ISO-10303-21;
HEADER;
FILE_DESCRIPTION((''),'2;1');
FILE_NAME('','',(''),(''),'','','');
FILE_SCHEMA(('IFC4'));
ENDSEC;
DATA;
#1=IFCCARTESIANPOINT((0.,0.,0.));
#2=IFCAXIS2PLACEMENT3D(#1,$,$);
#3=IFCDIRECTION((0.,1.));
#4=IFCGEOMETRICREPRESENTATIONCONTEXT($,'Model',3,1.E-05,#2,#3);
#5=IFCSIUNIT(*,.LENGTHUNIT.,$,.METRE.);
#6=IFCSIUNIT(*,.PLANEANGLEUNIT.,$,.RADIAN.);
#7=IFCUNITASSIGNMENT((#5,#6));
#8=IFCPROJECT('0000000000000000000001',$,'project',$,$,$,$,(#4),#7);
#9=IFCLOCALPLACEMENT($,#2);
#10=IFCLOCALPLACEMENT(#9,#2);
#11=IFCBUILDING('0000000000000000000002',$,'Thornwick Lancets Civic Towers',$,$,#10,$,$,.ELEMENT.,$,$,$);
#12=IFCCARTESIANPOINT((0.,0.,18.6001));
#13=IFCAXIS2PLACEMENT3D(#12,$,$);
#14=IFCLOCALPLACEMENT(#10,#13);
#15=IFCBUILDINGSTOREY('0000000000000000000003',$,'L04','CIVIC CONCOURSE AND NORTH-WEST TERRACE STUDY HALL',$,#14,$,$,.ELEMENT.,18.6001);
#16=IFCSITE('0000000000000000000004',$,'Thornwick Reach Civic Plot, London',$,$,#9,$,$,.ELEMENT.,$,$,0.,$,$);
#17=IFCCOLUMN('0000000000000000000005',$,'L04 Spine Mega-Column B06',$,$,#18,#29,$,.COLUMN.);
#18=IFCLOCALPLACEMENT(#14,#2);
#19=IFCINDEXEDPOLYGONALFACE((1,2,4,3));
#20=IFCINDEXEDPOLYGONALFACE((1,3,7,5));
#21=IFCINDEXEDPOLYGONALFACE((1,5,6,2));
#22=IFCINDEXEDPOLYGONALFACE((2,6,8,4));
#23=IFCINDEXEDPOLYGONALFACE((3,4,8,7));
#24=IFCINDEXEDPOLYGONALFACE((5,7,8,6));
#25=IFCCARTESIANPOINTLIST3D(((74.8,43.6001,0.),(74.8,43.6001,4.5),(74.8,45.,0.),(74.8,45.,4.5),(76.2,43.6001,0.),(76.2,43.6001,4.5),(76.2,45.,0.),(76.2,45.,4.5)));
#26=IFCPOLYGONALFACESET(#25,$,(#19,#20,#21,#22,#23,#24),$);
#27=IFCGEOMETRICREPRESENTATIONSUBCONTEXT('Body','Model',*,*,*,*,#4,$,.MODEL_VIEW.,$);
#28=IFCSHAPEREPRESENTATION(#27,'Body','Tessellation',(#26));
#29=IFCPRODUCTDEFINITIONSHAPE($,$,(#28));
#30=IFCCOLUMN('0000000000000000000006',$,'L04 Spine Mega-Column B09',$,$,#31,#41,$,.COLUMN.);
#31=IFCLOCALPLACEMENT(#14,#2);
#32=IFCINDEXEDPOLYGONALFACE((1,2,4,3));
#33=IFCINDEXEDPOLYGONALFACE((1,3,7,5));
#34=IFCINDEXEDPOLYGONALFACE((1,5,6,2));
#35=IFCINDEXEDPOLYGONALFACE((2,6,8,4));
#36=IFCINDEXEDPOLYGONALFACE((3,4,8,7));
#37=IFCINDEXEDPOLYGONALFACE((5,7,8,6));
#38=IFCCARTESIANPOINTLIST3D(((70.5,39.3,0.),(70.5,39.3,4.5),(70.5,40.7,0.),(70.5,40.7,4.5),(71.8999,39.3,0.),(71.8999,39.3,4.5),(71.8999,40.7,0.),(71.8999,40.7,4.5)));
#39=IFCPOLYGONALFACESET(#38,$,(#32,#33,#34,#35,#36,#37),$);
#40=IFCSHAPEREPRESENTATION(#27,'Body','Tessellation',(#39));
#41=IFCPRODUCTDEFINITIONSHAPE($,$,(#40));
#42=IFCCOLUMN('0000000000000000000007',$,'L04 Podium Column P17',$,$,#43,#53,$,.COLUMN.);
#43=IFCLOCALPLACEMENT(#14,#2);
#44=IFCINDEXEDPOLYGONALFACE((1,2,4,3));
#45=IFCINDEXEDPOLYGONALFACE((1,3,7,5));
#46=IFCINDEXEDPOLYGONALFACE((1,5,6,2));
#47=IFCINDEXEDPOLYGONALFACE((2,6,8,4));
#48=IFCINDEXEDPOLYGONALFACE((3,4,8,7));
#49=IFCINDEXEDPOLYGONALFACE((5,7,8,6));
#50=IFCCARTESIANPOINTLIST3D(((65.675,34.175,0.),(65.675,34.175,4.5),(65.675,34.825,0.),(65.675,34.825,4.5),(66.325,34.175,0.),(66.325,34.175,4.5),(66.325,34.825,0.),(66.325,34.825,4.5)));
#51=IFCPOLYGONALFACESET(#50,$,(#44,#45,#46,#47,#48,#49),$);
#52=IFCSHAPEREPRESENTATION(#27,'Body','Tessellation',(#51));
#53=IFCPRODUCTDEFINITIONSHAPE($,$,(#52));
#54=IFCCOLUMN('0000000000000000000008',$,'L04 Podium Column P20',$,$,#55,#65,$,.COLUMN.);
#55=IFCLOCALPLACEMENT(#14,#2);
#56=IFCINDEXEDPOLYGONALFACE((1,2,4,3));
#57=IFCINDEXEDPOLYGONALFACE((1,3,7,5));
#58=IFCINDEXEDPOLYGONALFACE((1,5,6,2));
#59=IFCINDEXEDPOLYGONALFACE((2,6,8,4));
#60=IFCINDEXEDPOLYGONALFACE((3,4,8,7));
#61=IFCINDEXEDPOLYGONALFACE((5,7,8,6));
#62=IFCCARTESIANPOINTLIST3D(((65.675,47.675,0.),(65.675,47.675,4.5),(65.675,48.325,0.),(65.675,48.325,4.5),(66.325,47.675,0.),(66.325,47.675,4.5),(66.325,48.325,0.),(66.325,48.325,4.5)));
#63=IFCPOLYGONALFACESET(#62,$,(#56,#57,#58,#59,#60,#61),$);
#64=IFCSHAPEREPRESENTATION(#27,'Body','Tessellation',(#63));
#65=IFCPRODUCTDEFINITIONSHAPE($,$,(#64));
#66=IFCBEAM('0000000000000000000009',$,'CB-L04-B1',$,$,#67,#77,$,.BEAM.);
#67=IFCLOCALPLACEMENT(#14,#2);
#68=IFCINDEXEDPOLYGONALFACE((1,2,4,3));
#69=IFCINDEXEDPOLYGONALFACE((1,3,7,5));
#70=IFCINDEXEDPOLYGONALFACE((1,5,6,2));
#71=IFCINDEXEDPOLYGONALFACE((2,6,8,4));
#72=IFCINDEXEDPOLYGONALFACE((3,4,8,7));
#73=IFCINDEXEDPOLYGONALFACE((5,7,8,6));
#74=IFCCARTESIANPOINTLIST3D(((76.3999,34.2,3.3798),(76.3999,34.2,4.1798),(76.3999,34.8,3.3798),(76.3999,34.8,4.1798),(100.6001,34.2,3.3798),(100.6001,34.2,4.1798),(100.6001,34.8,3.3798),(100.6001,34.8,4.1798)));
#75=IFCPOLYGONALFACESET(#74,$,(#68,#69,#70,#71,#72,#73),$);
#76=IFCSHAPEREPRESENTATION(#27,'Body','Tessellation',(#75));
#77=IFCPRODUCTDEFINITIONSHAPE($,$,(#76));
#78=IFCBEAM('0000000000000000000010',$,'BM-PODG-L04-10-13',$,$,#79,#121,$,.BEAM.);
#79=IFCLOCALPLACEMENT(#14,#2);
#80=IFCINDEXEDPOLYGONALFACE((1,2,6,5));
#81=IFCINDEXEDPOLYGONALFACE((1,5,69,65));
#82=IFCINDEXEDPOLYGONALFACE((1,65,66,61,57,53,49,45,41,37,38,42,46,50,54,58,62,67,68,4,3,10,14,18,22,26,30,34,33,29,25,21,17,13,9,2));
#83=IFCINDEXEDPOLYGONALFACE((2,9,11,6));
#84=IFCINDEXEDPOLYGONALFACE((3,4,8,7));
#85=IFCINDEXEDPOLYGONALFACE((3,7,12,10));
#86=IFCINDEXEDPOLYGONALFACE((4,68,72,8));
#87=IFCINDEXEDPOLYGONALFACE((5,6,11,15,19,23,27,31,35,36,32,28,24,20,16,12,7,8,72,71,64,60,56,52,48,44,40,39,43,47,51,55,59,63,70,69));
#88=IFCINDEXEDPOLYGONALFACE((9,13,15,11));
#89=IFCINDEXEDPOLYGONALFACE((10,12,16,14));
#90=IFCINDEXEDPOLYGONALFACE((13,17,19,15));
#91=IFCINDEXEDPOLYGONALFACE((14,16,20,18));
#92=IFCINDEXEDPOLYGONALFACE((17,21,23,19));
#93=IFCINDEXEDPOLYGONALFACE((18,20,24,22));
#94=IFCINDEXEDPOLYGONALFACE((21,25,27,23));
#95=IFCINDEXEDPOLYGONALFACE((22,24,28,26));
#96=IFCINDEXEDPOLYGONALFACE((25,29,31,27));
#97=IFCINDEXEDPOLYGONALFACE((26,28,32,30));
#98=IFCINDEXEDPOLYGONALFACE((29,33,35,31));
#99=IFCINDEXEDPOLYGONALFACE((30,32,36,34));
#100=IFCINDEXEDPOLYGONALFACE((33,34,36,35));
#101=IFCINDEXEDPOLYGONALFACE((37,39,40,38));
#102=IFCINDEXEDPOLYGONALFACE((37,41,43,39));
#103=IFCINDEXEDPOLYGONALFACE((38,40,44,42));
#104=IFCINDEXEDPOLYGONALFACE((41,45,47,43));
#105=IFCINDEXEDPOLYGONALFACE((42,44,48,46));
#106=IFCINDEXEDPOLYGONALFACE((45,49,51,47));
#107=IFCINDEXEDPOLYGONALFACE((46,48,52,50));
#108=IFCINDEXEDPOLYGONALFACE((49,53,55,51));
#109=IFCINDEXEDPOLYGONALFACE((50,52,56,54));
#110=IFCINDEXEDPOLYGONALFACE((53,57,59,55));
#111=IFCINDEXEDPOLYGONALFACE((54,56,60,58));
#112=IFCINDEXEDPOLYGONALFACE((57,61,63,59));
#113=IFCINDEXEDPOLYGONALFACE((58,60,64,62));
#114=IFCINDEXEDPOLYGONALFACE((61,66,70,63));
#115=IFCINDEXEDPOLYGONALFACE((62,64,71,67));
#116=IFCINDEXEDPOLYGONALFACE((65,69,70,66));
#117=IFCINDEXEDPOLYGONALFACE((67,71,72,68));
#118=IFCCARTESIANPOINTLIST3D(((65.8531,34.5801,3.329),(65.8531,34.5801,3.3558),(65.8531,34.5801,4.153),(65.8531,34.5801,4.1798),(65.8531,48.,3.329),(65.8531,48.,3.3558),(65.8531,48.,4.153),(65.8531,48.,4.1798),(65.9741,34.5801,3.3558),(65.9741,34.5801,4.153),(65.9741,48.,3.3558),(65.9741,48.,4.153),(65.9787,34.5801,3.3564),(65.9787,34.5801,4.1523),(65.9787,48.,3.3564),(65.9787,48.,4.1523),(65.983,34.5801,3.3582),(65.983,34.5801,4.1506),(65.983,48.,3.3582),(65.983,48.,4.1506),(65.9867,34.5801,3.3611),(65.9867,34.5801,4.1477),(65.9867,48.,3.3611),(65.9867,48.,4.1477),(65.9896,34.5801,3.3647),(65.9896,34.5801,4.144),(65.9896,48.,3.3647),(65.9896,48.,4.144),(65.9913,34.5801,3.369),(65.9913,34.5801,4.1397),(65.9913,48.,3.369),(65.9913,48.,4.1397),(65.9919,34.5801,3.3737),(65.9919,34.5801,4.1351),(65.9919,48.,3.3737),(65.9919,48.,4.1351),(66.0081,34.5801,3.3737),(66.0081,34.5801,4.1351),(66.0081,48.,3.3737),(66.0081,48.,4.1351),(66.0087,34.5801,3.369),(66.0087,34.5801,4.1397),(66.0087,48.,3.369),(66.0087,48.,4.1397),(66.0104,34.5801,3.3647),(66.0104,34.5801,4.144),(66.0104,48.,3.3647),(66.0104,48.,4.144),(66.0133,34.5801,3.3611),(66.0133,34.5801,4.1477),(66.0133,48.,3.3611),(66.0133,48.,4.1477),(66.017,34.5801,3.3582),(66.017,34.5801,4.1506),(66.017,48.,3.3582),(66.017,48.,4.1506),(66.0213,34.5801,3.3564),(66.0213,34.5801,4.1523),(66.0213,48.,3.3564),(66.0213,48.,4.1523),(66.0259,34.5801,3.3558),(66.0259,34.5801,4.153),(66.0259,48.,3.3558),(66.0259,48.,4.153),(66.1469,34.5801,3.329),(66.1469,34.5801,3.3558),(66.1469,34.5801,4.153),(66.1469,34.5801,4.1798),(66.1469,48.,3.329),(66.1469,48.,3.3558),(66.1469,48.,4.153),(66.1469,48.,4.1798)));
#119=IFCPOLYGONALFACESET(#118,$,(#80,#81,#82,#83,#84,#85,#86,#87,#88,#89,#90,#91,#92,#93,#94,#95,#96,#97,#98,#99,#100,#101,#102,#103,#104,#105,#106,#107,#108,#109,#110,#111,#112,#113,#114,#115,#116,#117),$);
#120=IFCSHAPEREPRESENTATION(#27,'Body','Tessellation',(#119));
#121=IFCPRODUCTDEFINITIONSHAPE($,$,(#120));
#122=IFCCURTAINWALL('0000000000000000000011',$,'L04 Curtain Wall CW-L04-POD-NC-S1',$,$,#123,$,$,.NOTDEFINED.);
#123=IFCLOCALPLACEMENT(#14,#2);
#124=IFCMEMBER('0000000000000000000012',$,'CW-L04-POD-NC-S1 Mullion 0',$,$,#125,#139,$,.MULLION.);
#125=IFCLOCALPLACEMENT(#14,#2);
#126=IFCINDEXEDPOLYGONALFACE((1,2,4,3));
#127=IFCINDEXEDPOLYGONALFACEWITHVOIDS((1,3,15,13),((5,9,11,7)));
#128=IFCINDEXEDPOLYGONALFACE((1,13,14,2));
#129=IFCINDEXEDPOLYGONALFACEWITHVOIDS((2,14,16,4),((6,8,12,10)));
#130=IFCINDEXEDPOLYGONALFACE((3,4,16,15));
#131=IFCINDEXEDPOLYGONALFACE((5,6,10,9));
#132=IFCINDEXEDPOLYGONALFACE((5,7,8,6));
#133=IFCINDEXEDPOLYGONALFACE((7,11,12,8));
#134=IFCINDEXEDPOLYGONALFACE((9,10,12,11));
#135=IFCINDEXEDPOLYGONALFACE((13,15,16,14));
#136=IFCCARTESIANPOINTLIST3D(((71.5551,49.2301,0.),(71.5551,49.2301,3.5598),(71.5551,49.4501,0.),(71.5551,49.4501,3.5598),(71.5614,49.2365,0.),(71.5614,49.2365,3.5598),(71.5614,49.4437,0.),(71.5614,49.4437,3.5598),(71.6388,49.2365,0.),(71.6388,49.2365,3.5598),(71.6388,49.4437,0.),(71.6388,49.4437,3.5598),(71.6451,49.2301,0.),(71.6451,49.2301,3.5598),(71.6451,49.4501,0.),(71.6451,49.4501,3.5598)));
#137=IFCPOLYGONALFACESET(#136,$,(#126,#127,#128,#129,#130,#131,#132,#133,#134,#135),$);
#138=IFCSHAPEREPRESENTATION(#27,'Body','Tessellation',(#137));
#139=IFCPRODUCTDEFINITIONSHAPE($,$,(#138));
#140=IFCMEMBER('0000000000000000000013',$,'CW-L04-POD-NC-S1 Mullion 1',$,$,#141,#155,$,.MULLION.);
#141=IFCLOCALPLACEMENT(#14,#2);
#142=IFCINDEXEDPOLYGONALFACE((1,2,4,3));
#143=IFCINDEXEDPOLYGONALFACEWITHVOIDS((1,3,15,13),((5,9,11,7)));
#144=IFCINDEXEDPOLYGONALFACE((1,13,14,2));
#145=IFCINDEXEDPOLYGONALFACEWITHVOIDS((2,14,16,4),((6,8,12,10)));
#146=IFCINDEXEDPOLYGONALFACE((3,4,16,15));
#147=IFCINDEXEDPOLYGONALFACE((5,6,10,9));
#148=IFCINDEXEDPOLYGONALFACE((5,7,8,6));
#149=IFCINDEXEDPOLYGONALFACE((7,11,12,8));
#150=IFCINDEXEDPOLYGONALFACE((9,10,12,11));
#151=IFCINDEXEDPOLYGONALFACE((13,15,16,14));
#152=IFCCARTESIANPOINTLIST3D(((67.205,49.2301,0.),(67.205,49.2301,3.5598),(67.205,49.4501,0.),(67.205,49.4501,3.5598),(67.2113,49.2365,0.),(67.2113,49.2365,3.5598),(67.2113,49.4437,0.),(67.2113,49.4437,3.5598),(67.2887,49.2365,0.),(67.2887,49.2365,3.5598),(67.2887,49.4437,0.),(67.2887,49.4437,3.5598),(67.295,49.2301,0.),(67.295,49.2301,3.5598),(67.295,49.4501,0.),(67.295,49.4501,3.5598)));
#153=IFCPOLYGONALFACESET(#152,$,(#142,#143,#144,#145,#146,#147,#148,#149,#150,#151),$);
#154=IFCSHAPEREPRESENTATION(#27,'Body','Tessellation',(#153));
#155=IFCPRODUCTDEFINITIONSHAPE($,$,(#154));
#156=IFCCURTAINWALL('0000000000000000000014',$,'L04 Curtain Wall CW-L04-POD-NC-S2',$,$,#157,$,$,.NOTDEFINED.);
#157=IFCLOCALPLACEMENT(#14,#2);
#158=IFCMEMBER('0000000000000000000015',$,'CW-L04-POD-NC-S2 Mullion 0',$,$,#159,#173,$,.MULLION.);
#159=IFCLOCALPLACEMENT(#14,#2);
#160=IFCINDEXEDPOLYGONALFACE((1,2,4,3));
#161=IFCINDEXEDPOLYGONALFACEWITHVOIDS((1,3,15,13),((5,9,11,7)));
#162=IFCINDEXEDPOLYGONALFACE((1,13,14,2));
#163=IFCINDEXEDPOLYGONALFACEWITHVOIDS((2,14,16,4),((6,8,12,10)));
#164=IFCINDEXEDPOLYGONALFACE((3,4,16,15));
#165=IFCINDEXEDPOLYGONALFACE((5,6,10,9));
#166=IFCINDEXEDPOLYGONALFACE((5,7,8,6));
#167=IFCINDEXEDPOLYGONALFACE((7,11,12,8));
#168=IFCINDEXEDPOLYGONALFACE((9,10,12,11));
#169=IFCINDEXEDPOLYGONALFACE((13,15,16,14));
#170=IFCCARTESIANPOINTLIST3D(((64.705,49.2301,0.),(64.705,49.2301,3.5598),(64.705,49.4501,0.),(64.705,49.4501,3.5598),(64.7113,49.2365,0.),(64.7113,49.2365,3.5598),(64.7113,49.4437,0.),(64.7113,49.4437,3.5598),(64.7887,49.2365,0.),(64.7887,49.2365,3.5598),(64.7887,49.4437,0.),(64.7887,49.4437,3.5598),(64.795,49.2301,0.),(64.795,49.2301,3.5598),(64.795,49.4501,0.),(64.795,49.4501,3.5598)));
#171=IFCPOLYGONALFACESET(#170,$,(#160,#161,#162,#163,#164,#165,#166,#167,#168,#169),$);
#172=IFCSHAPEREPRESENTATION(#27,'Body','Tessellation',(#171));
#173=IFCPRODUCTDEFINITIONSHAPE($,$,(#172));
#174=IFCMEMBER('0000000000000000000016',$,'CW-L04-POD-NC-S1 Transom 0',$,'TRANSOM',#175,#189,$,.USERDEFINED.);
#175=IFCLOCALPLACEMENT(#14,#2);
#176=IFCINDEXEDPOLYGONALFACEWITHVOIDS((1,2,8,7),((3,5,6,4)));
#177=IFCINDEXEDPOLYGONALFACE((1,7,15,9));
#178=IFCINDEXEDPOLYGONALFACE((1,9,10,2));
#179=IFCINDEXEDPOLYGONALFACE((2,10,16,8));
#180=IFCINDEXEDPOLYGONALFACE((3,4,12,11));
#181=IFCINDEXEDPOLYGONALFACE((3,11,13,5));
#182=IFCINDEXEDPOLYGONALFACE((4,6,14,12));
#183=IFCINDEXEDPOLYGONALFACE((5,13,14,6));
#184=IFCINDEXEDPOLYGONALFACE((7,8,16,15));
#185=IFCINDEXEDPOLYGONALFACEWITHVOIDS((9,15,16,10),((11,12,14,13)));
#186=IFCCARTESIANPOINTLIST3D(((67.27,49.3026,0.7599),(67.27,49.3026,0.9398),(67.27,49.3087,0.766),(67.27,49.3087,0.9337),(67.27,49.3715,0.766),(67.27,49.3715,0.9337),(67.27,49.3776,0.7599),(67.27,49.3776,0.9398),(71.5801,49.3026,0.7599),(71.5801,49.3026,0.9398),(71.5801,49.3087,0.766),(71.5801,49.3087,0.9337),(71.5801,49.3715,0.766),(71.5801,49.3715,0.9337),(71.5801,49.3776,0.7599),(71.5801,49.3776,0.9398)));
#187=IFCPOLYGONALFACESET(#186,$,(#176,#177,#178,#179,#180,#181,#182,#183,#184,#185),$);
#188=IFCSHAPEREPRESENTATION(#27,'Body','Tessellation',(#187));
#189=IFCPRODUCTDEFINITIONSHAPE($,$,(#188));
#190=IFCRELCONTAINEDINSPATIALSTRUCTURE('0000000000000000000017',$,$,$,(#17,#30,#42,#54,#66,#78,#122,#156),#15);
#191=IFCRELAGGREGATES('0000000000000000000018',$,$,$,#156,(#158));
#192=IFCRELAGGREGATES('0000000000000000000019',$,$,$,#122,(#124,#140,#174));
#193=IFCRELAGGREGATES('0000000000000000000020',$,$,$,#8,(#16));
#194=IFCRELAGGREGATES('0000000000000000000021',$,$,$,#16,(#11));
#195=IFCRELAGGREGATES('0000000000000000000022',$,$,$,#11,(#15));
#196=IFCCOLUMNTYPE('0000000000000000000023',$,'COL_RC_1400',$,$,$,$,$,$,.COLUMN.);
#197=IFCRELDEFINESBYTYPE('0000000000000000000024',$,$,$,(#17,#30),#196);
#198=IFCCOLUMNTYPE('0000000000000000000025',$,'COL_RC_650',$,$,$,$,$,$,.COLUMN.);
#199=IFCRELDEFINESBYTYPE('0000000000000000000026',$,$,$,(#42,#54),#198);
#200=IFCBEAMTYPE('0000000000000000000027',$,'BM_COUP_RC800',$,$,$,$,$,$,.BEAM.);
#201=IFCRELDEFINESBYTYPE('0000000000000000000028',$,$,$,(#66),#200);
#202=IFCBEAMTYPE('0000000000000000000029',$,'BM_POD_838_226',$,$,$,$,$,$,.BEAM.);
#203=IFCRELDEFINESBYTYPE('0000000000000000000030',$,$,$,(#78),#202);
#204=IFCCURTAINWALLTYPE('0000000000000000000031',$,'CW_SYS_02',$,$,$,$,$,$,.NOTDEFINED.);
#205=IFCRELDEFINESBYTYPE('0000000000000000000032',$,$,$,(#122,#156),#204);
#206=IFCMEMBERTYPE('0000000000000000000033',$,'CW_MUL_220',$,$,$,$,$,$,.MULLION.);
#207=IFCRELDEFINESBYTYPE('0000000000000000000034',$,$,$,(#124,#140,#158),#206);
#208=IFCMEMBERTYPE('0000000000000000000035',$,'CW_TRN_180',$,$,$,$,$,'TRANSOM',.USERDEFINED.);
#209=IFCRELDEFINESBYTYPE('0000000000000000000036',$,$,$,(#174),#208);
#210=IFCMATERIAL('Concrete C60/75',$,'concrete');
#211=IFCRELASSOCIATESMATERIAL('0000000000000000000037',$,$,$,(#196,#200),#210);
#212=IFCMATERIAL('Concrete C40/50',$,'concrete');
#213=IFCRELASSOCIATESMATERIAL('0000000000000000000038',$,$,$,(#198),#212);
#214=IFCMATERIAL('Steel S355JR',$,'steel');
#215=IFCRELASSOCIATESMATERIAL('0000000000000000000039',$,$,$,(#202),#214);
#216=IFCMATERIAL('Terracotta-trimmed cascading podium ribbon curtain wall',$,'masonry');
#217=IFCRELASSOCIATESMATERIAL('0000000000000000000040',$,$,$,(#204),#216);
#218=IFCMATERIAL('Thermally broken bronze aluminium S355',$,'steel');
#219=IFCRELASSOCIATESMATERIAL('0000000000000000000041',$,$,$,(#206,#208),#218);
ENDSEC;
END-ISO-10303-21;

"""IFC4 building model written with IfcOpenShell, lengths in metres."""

from ifc_helpers import new_model, si_unit, direction, frame, origin, origin_2d, place, context, subcontext, project, spatial, rectangle, hollow_rectangle, i_section, extrude, material, material_profile, profile_set, type_object, element, aggregate, save


model = new_model("IFC4")

# Units and contexts
model_context = context("Model", 3, precision=1e-05, world=origin(), true_north=direction((0.0, 1.0)))
body_context = subcontext(model_context, "Body", "Model", "MODEL_VIEW")
ifc_project = project(units=[si_unit("LENGTHUNIT", "METRE"), si_unit("PLANEANGLEUNIT", "RADIAN")], contexts=[model_context])

# Site, building, storey
site_placement = place(None, origin())
site = spatial("IfcSite", under=ifc_project, at=site_placement, Name="Thornwick Reach Civic Plot, London", CompositionType="ELEMENT", RefElevation=0.0)
building_placement = place(site_placement, origin())
building = spatial("IfcBuilding", under=site, at=building_placement, Name="Thornwick Lancets Civic Towers", CompositionType="ELEMENT")
storey_placement = place(building_placement, frame((0.0, 0.0, 18.6001)))
storey = spatial("IfcBuildingStorey", under=building, at=storey_placement, Name="L04", Description="CIVIC CONCOURSE AND NORTH-WEST TERRACE STUDY HALL", CompositionType="ELEMENT", Elevation=18.6001)

# Columns
ifc_material_1 = material(Name="Concrete C60/75", Category="concrete")
ifc_material_profile_1 = material_profile(ifc_material_1, rectangle(XDim=1.3999, YDim=1.3999, at=origin_2d()), Name="RC 1400x1400")
ifc_profile_set_1 = profile_set([ifc_material_profile_1], Name="Concrete C60/75")
column_type_1 = type_object("IfcColumnType", Name="COL_RC_1400", PredefinedType="COLUMN", material=ifc_profile_set_1)
for number, where, z_axis, x_axis, name in (
    (1, (75.5, 44.3, 0.0), (0.0, 0.0, 1.0), (1.0, 0.0, 0.0), "L04 Spine Mega-Column B06"),
    (2, (71.2, 40.0, 0.0), (0.0, 0.0, 1.0), (1.0, 0.0, 0.0), "L04 Spine Mega-Column B09"),
):
    element("IfcColumn", number, at=place(storey_placement, frame(where, z_axis=z_axis, x_axis=x_axis)), inside=storey, type_object=column_type_1, Name=name, PredefinedType="COLUMN", context=body_context, shape_type="SweptSolid", body=[
        extrude(rectangle(XDim=1.3999, YDim=1.3999, at=origin_2d()), origin(), (0.0, 0.0, 1.0), 4.5),
    ])
ifc_material_2 = material(Name="Concrete C40/50", Category="concrete")
ifc_material_profile_2 = material_profile(ifc_material_2, rectangle(XDim=0.6499, YDim=0.6499, at=origin_2d()), Name="RC 650x650")
ifc_profile_set_2 = profile_set([ifc_material_profile_2], Name="Concrete C40/50")
column_type_2 = type_object("IfcColumnType", Name="COL_RC_650", PredefinedType="COLUMN", material=ifc_profile_set_2)
for number, where, z_axis, x_axis, name in (
    (3, (66.0, 34.5, 0.0), (0.0, 0.0, 1.0), (1.0, 0.0, 0.0), "L04 Podium Column P17"),
    (4, (66.0, 48.0, 0.0), (0.0, 0.0, 1.0), (1.0, 0.0, 0.0), "L04 Podium Column P20"),
):
    element("IfcColumn", number, at=place(storey_placement, frame(where, z_axis=z_axis, x_axis=x_axis)), inside=storey, type_object=column_type_2, Name=name, PredefinedType="COLUMN", context=body_context, shape_type="SweptSolid", body=[
        extrude(rectangle(XDim=0.6499, YDim=0.6499, at=origin_2d()), origin(), (0.0, 0.0, 1.0), 4.5),
    ])

# Beams
ifc_material_profile_3 = material_profile(ifc_material_1, rectangle(XDim=0.6001, YDim=0.8, at=origin_2d()), Name="RC 600x800")
ifc_profile_set_3 = profile_set([ifc_material_profile_3], Name="Concrete C60/75")
beam_type_1 = type_object("IfcBeamType", Name="BM_COUP_RC800", PredefinedType="BEAM", material=ifc_profile_set_3)
beam_1_placement = place(storey_placement, frame((76.3999, 34.5, 3.7798), z_axis=(1.0, 0.0, 0.0), x_axis=(0.0, 1.0, 0.0)))
element("IfcBeam", 5, at=beam_1_placement, inside=storey, type_object=beam_type_1, Name="CB-L04-B1", PredefinedType="BEAM", context=body_context, shape_type="SweptSolid", body=[
    extrude(rectangle(XDim=0.6001, YDim=0.8, at=origin_2d()), origin(), (0.0, 0.0, 1.0), 24.2002),
])
ifc_material_3 = material(Name="Steel S355JR", Category="steel")
ifc_material_profile_4 = material_profile(ifc_material_3, i_section(OverallWidth=0.2937, OverallDepth=0.8508, WebThickness=0.0161, FlangeThickness=0.0269, FilletRadius=0.0178, at=origin_2d()), Name="UKB 838x292x226")
ifc_profile_set_4 = profile_set([ifc_material_profile_4], Name="Steel S355JR")
beam_type_2 = type_object("IfcBeamType", Name="BM_POD_838_226", PredefinedType="BEAM", material=ifc_profile_set_4)
beam_2_placement = place(storey_placement, frame((66.0, 34.5801, 3.7544), z_axis=(0.0, 1.0, 0.0), x_axis=(-1.0, 0.0, 0.0)))
element("IfcBeam", 6, at=beam_2_placement, inside=storey, type_object=beam_type_2, Name="BM-PODG-L04-10-13", PredefinedType="BEAM", context=body_context, shape_type="SweptSolid", body=[
    extrude(i_section(OverallWidth=0.2937, OverallDepth=0.8508, WebThickness=0.0161, FlangeThickness=0.0269, FilletRadius=0.0178, at=origin_2d()), origin(), (0.0, 0.0, 1.0), 13.4199),
])

# Curtain wall, members
ifc_material_4 = material(Name="Terracotta-trimmed cascading podium ribbon curtain wall", Category="masonry")
curtain_wall_type = type_object("IfcCurtainWallType", Name="CW_SYS_02", PredefinedType="NOTDEFINED", material=ifc_material_4)
curtain_wall_1_placement = place(storey_placement, origin())
curtain_wall_1 = element("IfcCurtainWall", 7, at=curtain_wall_1_placement, inside=storey, type_object=curtain_wall_type, Name="L04 Curtain Wall CW-L04-POD-NC-S1", PredefinedType="NOTDEFINED")
ifc_material_5 = material(Name="Thermally broken bronze aluminium S355", Category="steel")
ifc_material_profile_5 = material_profile(ifc_material_5, hollow_rectangle(XDim=0.0901, YDim=0.22, WallThickness=0.0063, at=origin_2d()), Name="RHS 220x90x6.3")
ifc_profile_set_5 = profile_set([ifc_material_profile_5], Name="Thermally broken bronze aluminium S355")
member_type_1 = type_object("IfcMemberType", Name="CW_MUL_220", PredefinedType="MULLION", material=ifc_profile_set_5)
member_1_placement = place(storey_placement, frame((71.6001, 49.3401, 0.0), z_axis=(0.0, 0.0, 1.0), x_axis=(1.0, 0.0, 0.0)))
member_1 = element("IfcMember", 8, at=member_1_placement, type_object=member_type_1, Name="CW-L04-POD-NC-S1 Mullion 0", PredefinedType="MULLION", context=body_context, shape_type="SweptSolid", body=[
    extrude(hollow_rectangle(XDim=0.0901, YDim=0.22, WallThickness=0.0063, at=origin_2d()), origin(), (0.0, 0.0, 1.0), 3.5598),
])
member_2_placement = place(storey_placement, frame((67.25, 49.3401, 0.0), z_axis=(0.0, 0.0, 1.0), x_axis=(1.0, 0.0, 0.0)))
member_2 = element("IfcMember", 9, at=member_2_placement, type_object=member_type_1, Name="CW-L04-POD-NC-S1 Mullion 1", PredefinedType="MULLION", context=body_context, shape_type="SweptSolid", body=[
    extrude(hollow_rectangle(XDim=0.0901, YDim=0.22, WallThickness=0.0063, at=origin_2d()), origin(), (0.0, 0.0, 1.0), 3.5598),
])

# Curtain wall, member
curtain_wall_2_placement = place(storey_placement, origin())
curtain_wall_2 = element("IfcCurtainWall", 10, at=curtain_wall_2_placement, inside=storey, type_object=curtain_wall_type, Name="L04 Curtain Wall CW-L04-POD-NC-S2", PredefinedType="NOTDEFINED")
member_3_placement = place(storey_placement, frame((64.75, 49.3401, 0.0), z_axis=(0.0, 0.0, 1.0), x_axis=(1.0, 0.0, 0.0)))
member_3 = element("IfcMember", 11, at=member_3_placement, type_object=member_type_1, Name="CW-L04-POD-NC-S2 Mullion 0", PredefinedType="MULLION", context=body_context, shape_type="SweptSolid", body=[
    extrude(hollow_rectangle(XDim=0.0901, YDim=0.22, WallThickness=0.0063, at=origin_2d()), origin(), (0.0, 0.0, 1.0), 3.5598),
])

# Member
ifc_material_profile_6 = material_profile(ifc_material_5, hollow_rectangle(XDim=0.075, YDim=0.1799, WallThickness=0.0061, at=origin_2d()), Name="RHS 180x75x6")
ifc_profile_set_6 = profile_set([ifc_material_profile_6], Name="Thermally broken bronze aluminium S355")
member_type_2 = type_object("IfcMemberType", Name="CW_TRN_180", ElementType="TRANSOM", PredefinedType="USERDEFINED", material=ifc_profile_set_6)
member_4_placement = place(storey_placement, frame((71.5801, 49.3401, 0.8499), z_axis=(-1.0, 0.0, 0.0), x_axis=(0.0, -1.0, 0.0)))
member_4 = element("IfcMember", 12, at=member_4_placement, type_object=member_type_2, Name="CW-L04-POD-NC-S1 Transom 0", ObjectType="TRANSOM", PredefinedType="USERDEFINED", context=body_context, shape_type="SweptSolid", body=[
    extrude(hollow_rectangle(XDim=0.075, YDim=0.1799, WallThickness=0.0061, at=origin_2d()), origin(), (0.0, 0.0, 1.0), 4.3101),
])
aggregate(curtain_wall_2, [member_3])

aggregate(curtain_wall_1, [member_1, member_2, member_4])

save(model, "model.ifc")
